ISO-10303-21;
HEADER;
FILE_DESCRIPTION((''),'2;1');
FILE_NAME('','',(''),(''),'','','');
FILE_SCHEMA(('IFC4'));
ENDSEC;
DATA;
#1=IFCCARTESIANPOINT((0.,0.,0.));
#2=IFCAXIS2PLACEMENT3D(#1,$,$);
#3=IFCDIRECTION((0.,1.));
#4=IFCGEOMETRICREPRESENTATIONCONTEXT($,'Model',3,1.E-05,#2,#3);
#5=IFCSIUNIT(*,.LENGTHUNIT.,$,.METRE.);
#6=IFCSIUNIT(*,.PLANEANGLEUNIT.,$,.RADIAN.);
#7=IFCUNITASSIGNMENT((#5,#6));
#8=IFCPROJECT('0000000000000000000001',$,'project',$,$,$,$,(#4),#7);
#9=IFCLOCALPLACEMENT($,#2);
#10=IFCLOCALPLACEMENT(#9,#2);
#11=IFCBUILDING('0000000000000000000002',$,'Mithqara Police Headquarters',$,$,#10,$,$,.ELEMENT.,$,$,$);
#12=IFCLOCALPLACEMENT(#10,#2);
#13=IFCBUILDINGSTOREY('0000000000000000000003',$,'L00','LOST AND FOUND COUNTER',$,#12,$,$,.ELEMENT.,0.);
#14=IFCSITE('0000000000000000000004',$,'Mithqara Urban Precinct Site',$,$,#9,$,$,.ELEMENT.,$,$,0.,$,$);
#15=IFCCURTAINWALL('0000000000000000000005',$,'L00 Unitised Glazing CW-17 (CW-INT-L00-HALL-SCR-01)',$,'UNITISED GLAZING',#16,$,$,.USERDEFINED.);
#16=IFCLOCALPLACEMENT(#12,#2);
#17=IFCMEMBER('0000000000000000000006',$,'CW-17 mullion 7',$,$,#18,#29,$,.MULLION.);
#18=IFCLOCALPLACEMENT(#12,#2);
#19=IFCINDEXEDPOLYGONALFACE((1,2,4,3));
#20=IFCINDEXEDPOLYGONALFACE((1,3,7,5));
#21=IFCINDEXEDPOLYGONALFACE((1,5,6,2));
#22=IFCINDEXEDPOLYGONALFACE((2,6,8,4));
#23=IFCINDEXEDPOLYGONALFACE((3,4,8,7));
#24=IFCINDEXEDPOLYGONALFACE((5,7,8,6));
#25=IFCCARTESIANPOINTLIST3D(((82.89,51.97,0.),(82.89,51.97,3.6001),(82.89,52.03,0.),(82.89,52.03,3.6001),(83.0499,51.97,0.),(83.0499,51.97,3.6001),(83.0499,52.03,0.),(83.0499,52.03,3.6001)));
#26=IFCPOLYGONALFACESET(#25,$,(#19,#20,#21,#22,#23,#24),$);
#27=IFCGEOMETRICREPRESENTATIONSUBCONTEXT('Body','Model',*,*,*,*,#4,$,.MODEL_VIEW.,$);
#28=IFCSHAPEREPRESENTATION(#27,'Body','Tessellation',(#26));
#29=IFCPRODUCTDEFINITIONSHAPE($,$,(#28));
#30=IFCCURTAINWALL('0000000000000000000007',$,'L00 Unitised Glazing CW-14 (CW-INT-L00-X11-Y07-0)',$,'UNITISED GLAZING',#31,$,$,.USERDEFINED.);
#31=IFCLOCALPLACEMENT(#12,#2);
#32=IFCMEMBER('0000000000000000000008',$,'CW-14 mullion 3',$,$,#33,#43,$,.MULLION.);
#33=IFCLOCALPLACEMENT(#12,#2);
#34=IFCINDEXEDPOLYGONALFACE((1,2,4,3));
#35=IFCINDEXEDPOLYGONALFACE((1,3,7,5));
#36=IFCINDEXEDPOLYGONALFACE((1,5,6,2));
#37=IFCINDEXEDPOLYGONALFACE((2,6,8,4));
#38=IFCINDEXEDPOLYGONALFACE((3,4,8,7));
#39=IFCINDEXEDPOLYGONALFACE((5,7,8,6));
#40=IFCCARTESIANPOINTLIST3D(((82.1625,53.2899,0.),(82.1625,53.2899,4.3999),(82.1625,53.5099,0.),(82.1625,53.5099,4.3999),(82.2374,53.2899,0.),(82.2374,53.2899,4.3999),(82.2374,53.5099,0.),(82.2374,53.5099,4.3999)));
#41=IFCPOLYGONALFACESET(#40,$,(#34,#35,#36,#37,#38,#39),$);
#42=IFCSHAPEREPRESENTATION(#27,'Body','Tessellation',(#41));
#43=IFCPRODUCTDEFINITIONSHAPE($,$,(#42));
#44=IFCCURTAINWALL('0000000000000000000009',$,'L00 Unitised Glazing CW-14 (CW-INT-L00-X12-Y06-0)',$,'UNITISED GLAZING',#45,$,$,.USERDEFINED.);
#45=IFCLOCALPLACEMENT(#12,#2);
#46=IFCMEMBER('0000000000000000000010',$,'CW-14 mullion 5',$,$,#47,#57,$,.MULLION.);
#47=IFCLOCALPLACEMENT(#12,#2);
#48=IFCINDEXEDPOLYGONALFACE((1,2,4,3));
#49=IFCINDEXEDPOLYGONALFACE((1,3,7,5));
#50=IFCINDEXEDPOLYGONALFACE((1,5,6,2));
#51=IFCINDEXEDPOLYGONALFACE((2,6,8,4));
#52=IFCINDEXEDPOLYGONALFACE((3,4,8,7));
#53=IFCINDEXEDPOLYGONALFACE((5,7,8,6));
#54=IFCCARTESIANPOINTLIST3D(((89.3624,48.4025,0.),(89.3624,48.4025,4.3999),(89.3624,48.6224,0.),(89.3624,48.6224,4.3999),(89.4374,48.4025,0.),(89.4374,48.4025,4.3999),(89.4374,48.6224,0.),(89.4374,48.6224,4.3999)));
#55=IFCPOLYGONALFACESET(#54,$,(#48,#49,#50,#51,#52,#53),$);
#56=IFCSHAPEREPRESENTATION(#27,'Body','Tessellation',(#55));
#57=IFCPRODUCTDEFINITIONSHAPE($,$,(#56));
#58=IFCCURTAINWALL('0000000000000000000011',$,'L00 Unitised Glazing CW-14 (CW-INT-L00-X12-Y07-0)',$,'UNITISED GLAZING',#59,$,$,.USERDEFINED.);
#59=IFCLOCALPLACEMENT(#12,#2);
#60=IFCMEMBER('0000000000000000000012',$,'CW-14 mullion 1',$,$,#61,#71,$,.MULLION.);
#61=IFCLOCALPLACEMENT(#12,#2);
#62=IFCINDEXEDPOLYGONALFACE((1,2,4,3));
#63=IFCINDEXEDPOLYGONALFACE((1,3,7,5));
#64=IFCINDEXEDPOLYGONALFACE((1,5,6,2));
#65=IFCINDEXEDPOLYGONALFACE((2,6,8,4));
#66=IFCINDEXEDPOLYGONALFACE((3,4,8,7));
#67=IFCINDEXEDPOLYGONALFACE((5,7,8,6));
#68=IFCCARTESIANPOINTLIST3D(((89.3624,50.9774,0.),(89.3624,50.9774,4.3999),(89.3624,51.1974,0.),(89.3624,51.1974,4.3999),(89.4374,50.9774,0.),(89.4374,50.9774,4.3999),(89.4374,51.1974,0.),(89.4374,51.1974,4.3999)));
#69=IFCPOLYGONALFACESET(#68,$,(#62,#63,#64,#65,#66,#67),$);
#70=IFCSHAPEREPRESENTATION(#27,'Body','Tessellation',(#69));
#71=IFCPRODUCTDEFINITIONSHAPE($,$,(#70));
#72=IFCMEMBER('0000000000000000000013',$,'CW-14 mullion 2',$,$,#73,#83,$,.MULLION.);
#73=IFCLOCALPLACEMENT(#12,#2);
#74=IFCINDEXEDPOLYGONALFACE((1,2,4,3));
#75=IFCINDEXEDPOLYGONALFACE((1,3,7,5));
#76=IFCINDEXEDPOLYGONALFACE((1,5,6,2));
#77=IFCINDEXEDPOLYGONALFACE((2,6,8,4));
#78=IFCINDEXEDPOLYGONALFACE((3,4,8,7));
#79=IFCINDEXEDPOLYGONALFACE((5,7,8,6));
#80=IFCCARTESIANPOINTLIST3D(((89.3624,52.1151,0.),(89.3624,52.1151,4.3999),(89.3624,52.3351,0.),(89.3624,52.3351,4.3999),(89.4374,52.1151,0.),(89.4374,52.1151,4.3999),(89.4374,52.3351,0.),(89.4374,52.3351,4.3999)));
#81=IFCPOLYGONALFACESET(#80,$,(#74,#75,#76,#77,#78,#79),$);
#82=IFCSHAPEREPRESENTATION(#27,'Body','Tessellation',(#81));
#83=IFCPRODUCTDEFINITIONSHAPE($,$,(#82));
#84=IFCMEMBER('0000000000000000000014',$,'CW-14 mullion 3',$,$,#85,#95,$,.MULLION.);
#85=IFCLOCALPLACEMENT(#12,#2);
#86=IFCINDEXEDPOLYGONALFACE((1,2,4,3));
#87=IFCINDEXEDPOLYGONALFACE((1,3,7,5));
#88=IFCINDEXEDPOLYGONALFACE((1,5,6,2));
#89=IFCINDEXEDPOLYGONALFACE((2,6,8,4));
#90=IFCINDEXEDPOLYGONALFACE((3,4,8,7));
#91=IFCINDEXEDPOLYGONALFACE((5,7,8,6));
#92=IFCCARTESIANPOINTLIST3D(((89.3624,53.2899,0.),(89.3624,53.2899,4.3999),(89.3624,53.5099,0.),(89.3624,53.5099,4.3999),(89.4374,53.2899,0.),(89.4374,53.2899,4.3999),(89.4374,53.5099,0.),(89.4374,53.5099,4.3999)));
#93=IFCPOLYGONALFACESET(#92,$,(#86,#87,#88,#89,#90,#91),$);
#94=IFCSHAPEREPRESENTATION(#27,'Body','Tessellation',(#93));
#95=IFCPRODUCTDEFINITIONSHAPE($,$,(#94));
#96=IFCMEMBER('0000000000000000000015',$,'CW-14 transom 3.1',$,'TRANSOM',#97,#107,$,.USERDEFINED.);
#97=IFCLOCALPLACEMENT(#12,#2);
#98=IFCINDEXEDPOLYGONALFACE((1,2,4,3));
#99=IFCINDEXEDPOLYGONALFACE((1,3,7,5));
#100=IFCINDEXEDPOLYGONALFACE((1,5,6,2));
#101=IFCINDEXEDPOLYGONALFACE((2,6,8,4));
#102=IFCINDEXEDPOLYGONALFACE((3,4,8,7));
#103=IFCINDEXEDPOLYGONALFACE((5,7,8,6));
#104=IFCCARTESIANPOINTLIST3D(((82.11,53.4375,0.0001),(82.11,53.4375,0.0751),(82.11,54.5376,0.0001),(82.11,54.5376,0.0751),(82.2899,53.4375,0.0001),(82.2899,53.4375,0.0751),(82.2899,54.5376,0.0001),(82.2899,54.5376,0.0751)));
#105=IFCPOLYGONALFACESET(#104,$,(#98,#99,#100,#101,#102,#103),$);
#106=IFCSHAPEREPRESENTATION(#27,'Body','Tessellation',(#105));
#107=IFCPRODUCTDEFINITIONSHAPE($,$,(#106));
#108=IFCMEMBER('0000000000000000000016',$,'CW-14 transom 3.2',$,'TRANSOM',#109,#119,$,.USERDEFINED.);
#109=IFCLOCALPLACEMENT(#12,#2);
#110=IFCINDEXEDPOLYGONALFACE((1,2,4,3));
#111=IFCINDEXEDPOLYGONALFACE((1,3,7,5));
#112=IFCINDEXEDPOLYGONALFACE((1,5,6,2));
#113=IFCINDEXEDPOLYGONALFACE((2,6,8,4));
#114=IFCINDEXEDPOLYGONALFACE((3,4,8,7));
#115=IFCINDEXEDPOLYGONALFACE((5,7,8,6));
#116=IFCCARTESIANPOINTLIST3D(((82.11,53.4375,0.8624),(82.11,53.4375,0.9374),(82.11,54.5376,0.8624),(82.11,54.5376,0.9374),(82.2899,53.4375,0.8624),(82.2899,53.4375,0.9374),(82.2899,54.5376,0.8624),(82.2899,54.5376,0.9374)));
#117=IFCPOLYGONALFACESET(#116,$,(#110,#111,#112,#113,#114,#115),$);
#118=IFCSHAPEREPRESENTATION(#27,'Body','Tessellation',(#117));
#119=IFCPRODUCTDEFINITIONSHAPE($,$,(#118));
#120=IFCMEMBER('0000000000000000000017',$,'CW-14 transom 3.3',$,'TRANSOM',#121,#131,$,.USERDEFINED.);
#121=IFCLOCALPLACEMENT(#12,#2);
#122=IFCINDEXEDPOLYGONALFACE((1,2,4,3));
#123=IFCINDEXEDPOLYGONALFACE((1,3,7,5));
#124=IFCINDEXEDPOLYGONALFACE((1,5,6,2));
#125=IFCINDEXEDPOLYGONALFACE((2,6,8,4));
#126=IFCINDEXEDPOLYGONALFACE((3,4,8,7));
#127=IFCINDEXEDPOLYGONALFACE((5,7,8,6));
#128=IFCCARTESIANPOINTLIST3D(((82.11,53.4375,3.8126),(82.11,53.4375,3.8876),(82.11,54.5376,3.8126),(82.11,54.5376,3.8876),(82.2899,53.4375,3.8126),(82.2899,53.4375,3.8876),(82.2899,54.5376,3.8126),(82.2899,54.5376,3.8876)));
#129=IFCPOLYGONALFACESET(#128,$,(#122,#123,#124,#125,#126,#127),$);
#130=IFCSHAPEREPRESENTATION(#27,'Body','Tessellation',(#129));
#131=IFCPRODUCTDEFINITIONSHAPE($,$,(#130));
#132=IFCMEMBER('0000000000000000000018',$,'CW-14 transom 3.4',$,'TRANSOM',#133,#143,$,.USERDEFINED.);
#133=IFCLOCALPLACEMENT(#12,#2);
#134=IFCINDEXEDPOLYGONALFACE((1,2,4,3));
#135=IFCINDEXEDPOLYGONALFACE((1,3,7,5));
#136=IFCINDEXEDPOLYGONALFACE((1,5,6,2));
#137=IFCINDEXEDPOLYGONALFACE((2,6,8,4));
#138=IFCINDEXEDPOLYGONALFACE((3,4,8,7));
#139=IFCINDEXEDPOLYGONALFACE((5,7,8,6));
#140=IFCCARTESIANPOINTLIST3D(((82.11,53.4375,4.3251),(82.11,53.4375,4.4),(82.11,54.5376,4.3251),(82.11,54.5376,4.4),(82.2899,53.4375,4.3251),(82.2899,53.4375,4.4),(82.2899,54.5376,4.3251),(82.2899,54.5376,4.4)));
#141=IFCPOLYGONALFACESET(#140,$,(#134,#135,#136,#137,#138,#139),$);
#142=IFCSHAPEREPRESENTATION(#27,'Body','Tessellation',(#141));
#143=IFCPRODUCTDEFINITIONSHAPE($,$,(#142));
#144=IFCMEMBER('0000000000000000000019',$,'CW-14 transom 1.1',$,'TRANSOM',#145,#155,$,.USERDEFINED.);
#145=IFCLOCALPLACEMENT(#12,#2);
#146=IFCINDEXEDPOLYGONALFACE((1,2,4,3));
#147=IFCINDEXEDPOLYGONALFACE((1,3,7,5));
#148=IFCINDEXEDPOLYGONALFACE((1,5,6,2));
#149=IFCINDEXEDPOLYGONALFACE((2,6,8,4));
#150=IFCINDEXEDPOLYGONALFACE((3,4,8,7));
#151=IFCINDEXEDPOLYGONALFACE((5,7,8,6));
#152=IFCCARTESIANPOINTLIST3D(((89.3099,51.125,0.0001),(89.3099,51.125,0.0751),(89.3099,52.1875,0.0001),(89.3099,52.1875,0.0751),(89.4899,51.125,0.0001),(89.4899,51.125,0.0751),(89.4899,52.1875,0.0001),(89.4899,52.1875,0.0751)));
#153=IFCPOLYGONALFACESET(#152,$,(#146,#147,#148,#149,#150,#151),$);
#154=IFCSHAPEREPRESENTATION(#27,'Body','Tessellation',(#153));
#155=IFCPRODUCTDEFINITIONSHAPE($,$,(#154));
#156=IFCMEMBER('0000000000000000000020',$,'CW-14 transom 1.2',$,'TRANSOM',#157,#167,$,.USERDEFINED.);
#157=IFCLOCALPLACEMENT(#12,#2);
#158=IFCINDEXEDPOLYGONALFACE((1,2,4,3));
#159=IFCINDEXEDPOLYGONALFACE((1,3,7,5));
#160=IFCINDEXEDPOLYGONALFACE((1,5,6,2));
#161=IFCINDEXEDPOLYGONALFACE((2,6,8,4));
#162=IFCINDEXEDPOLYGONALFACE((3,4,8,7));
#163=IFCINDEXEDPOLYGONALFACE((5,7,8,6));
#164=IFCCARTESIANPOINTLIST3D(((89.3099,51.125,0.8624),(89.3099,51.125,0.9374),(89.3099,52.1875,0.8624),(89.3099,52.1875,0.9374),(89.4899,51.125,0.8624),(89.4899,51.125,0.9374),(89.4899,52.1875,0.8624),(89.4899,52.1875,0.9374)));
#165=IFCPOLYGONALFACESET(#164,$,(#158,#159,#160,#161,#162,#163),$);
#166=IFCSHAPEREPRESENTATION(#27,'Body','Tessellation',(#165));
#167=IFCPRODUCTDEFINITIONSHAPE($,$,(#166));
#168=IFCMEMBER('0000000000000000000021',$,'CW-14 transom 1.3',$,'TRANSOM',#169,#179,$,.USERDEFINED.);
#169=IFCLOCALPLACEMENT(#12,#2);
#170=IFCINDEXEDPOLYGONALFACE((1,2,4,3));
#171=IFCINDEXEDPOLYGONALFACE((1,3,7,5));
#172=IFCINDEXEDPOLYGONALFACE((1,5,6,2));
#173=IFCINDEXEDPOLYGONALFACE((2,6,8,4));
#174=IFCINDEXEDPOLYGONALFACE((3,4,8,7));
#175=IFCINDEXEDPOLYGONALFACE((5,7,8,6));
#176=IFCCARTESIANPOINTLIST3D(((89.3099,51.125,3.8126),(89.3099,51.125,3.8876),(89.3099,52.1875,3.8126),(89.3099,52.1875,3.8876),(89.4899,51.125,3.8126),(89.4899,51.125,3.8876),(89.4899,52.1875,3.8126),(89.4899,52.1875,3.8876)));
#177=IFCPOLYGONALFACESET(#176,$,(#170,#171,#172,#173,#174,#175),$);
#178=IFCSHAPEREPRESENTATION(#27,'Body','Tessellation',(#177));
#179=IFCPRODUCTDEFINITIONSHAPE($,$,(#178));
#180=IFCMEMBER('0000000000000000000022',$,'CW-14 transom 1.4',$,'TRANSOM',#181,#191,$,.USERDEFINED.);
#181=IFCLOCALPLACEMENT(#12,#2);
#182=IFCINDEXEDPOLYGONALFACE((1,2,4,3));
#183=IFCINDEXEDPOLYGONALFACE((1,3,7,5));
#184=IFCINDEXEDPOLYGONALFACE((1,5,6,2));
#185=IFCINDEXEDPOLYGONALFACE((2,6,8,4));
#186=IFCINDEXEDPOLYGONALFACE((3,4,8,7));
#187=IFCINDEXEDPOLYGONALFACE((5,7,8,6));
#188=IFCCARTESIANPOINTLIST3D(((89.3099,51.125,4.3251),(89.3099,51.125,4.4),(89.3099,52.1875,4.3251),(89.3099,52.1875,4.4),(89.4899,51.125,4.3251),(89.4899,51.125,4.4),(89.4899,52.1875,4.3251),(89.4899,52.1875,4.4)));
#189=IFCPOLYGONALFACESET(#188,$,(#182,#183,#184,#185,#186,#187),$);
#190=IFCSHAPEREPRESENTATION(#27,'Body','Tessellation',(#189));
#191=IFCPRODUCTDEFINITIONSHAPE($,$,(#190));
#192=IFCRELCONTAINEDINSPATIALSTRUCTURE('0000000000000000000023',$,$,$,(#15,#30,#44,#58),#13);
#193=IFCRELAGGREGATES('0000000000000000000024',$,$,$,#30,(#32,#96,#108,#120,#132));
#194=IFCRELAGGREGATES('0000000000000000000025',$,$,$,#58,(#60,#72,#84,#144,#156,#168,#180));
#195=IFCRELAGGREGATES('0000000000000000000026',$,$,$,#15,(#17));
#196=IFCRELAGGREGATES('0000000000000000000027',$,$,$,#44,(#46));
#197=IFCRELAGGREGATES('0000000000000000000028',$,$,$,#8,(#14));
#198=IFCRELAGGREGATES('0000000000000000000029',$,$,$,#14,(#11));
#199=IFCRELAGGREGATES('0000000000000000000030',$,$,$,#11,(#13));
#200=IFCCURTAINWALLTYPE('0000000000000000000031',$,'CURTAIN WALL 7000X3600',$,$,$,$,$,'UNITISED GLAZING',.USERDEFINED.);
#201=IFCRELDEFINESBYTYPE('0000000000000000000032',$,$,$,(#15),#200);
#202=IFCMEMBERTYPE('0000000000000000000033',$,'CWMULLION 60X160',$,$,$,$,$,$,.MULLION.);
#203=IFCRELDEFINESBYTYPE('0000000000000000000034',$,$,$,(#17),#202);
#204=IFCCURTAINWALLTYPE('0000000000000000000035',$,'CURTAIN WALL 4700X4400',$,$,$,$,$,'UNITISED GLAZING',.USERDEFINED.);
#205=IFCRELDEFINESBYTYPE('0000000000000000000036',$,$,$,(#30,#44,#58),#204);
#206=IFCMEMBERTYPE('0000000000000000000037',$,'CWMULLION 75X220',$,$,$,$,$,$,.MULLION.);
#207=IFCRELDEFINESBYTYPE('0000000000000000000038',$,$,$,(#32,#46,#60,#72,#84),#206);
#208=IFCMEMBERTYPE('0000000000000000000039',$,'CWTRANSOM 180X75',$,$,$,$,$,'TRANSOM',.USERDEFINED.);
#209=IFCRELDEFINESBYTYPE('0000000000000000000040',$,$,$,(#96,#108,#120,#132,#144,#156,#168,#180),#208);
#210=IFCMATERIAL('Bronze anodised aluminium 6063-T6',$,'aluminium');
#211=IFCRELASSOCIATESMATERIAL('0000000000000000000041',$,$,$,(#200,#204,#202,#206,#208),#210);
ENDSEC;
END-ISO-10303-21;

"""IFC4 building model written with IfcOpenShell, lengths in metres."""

from ifc_helpers import new_model, si_unit, direction, frame, origin, origin_2d, place, context, subcontext, project, spatial, rectangle, extrude, material, material_profile, profile_set, type_object, element, aggregate, save


model = new_model("IFC4")

# Units and contexts
model_context = context("Model", 3, precision=1e-05, world=origin(), true_north=direction((0.0, 1.0)))
body_context = subcontext(model_context, "Body", "Model", "MODEL_VIEW")
ifc_project = project(units=[si_unit("LENGTHUNIT", "METRE"), si_unit("PLANEANGLEUNIT", "RADIAN")], contexts=[model_context])

# Site, building, storey
site_placement = place(None, origin())
site = spatial("IfcSite", under=ifc_project, at=site_placement, Name="Mithqara Urban Precinct Site", CompositionType="ELEMENT", RefElevation=0.0)
building_placement = place(site_placement, origin())
building = spatial("IfcBuilding", under=site, at=building_placement, Name="Mithqara Police Headquarters", CompositionType="ELEMENT")
storey_placement = place(building_placement, origin())
storey = spatial("IfcBuildingStorey", under=building, at=storey_placement, Name="L00", Description="LOST AND FOUND COUNTER", CompositionType="ELEMENT", Elevation=0.0)

# Curtain walls, members
ifc_material_1 = material(Name="Bronze anodised aluminium 6063-T6", Category="aluminium")
curtain_wall_type_1 = type_object("IfcCurtainWallType", Name="CURTAIN WALL 7000X3600", ElementType="UNITISED GLAZING", PredefinedType="USERDEFINED", material=ifc_material_1)
curtain_wall_1_placement = place(storey_placement, origin())
curtain_wall_1 = element("IfcCurtainWall", 1, at=curtain_wall_1_placement, inside=storey, type_object=curtain_wall_type_1, Name="L00 Unitised Glazing CW-17 (CW-INT-L00-HALL-SCR-01)", ObjectType="UNITISED GLAZING", PredefinedType="USERDEFINED")
ifc_material_profile_1 = material_profile(ifc_material_1, rectangle(XDim=0.0601, YDim=0.1599, at=origin_2d()), Name="CWM 60x160")
ifc_profile_set_1 = profile_set([ifc_material_profile_1], Name="Bronze anodised aluminium 6063-T6")
member_type_1 = type_object("IfcMemberType", Name="CWMULLION 60X160", PredefinedType="MULLION", material=ifc_profile_set_1)
member_1_placement = place(storey_placement, frame((82.97, 52.0, 0.0), z_axis=(0.0, 0.0, 1.0), x_axis=(0.0, 1.0, 0.0)))
member_1 = element("IfcMember", 2, at=member_1_placement, type_object=member_type_1, Name="CW-17 mullion 7", PredefinedType="MULLION", context=body_context, shape_type="SweptSolid", body=[
    extrude(rectangle(XDim=0.0601, YDim=0.1599, at=origin_2d()), origin(), (0.0, 0.0, 1.0), 3.6001),
])
curtain_wall_type_2 = type_object("IfcCurtainWallType", Name="CURTAIN WALL 4700X4400", ElementType="UNITISED GLAZING", PredefinedType="USERDEFINED", material=ifc_material_1)
curtain_wall_2_placement = place(storey_placement, origin())
curtain_wall_2 = element("IfcCurtainWall", 3, at=curtain_wall_2_placement, inside=storey, type_object=curtain_wall_type_2, Name="L00 Unitised Glazing CW-14 (CW-INT-L00-X11-Y07-0)", ObjectType="UNITISED GLAZING", PredefinedType="USERDEFINED")
ifc_material_profile_2 = material_profile(ifc_material_1, rectangle(XDim=0.075, YDim=0.22, at=origin_2d()), Name="CWM 75x220")
ifc_profile_set_2 = profile_set([ifc_material_profile_2], Name="Bronze anodised aluminium 6063-T6")
member_type_2 = type_object("IfcMemberType", Name="CWMULLION 75X220", PredefinedType="MULLION", material=ifc_profile_set_2)
member_2_placement = place(storey_placement, frame((82.2, 53.3999, 0.0), z_axis=(0.0, 0.0, 1.0), x_axis=(-1.0, 0.0, 0.0)))
member_2 = element("IfcMember", 4, at=member_2_placement, type_object=member_type_2, Name="CW-14 mullion 3", PredefinedType="MULLION", context=body_context, shape_type="SweptSolid", body=[
    extrude(rectangle(XDim=0.075, YDim=0.22, at=origin_2d()), origin(), (0.0, 0.0, 1.0), 4.3999),
])
curtain_wall_3_placement = place(storey_placement, origin())
curtain_wall_3 = element("IfcCurtainWall", 5, at=curtain_wall_3_placement, inside=storey, type_object=curtain_wall_type_2, Name="L00 Unitised Glazing CW-14 (CW-INT-L00-X12-Y06-0)", ObjectType="UNITISED GLAZING", PredefinedType="USERDEFINED")
member_3_placement = place(storey_placement, frame((89.3999, 48.5125, 0.0), z_axis=(0.0, 0.0, 1.0), x_axis=(-1.0, 0.0, 0.0)))
member_3 = element("IfcMember", 6, at=member_3_placement, type_object=member_type_2, Name="CW-14 mullion 5", PredefinedType="MULLION", context=body_context, shape_type="SweptSolid", body=[
    extrude(rectangle(XDim=0.075, YDim=0.22, at=origin_2d()), origin(), (0.0, 0.0, 1.0), 4.3999),
])

# Curtain wall, members
curtain_wall_4_placement = place(storey_placement, origin())
curtain_wall_4 = element("IfcCurtainWall", 7, at=curtain_wall_4_placement, inside=storey, type_object=curtain_wall_type_2, Name="L00 Unitised Glazing CW-14 (CW-INT-L00-X12-Y07-0)", ObjectType="UNITISED GLAZING", PredefinedType="USERDEFINED")
member_4_placement = place(storey_placement, frame((89.3999, 51.0874, 0.0), z_axis=(0.0, 0.0, 1.0), x_axis=(-1.0, 0.0, 0.0)))
member_4 = element("IfcMember", 8, at=member_4_placement, type_object=member_type_2, Name="CW-14 mullion 1", PredefinedType="MULLION", context=body_context, shape_type="SweptSolid", body=[
    extrude(rectangle(XDim=0.075, YDim=0.22, at=origin_2d()), origin(), (0.0, 0.0, 1.0), 4.3999),
])
member_5_placement = place(storey_placement, frame((89.3999, 52.2251, 0.0), z_axis=(0.0, 0.0, 1.0), x_axis=(-1.0, 0.0, 0.0)))
member_5 = element("IfcMember", 9, at=member_5_placement, type_object=member_type_2, Name="CW-14 mullion 2", PredefinedType="MULLION", context=body_context, shape_type="SweptSolid", body=[
    extrude(rectangle(XDim=0.075, YDim=0.22, at=origin_2d()), origin(), (0.0, 0.0, 1.0), 4.3999),
])
member_6_placement = place(storey_placement, frame((89.3999, 53.3999, 0.0), z_axis=(0.0, 0.0, 1.0), x_axis=(-1.0, 0.0, 0.0)))
member_6 = element("IfcMember", 10, at=member_6_placement, type_object=member_type_2, Name="CW-14 mullion 3", PredefinedType="MULLION", context=body_context, shape_type="SweptSolid", body=[
    extrude(rectangle(XDim=0.075, YDim=0.22, at=origin_2d()), origin(), (0.0, 0.0, 1.0), 4.3999),
])

# Members
ifc_material_profile_3 = material_profile(ifc_material_1, rectangle(XDim=0.1799, YDim=0.075, at=origin_2d()), Name="CWT 180x75")
ifc_profile_set_3 = profile_set([ifc_material_profile_3], Name="Bronze anodised aluminium 6063-T6")
member_type_3 = type_object("IfcMemberType", Name="CWTRANSOM 180X75", ElementType="TRANSOM", PredefinedType="USERDEFINED", material=ifc_profile_set_3)
member_7_placement = place(storey_placement, frame((82.2, 53.4375, 0.0376), z_axis=(0.0, 1.0, 0.0), x_axis=(-1.0, 0.0, 0.0)))
member_7 = element("IfcMember", 11, at=member_7_placement, type_object=member_type_3, Name="CW-14 transom 3.1", ObjectType="TRANSOM", PredefinedType="USERDEFINED", context=body_context, shape_type="SweptSolid", body=[
    extrude(rectangle(XDim=0.1799, YDim=0.075, at=origin_2d()), origin(), (0.0, 0.0, 1.0), 1.1001),
])
member_8_placement = place(storey_placement, frame((82.2, 53.4375, 0.8999), z_axis=(0.0, 1.0, 0.0), x_axis=(-1.0, 0.0, 0.0)))
member_8 = element("IfcMember", 12, at=member_8_placement, type_object=member_type_3, Name="CW-14 transom 3.2", ObjectType="TRANSOM", PredefinedType="USERDEFINED", context=body_context, shape_type="SweptSolid", body=[
    extrude(rectangle(XDim=0.1799, YDim=0.075, at=origin_2d()), origin(), (0.0, 0.0, 1.0), 1.1001),
])
member_9_placement = place(storey_placement, frame((82.2, 53.4375, 3.8501), z_axis=(0.0, 1.0, 0.0), x_axis=(-1.0, 0.0, 0.0)))
member_9 = element("IfcMember", 13, at=member_9_placement, type_object=member_type_3, Name="CW-14 transom 3.3", ObjectType="TRANSOM", PredefinedType="USERDEFINED", context=body_context, shape_type="SweptSolid", body=[
    extrude(rectangle(XDim=0.1799, YDim=0.075, at=origin_2d()), origin(), (0.0, 0.0, 1.0), 1.1001),
])
member_10_placement = place(storey_placement, frame((82.2, 53.4375, 4.3625), z_axis=(0.0, 1.0, 0.0), x_axis=(-1.0, 0.0, 0.0)))
member_10 = element("IfcMember", 14, at=member_10_placement, type_object=member_type_3, Name="CW-14 transom 3.4", ObjectType="TRANSOM", PredefinedType="USERDEFINED", context=body_context, shape_type="SweptSolid", body=[
    extrude(rectangle(XDim=0.1799, YDim=0.075, at=origin_2d()), origin(), (0.0, 0.0, 1.0), 1.1001),
])
member_11_placement = place(storey_placement, frame((89.3999, 51.125, 0.0376), z_axis=(0.0, 1.0, 0.0), x_axis=(-1.0, 0.0, 0.0)))
member_11 = element("IfcMember", 15, at=member_11_placement, type_object=member_type_3, Name="CW-14 transom 1.1", ObjectType="TRANSOM", PredefinedType="USERDEFINED", context=body_context, shape_type="SweptSolid", body=[
    extrude(rectangle(XDim=0.1799, YDim=0.075, at=origin_2d()), origin(), (0.0, 0.0, 1.0), 1.0625),
])
member_12_placement = place(storey_placement, frame((89.3999, 51.125, 0.8999), z_axis=(0.0, 1.0, 0.0), x_axis=(-1.0, 0.0, 0.0)))
member_12 = element("IfcMember", 16, at=member_12_placement, type_object=member_type_3, Name="CW-14 transom 1.2", ObjectType="TRANSOM", PredefinedType="USERDEFINED", context=body_context, shape_type="SweptSolid", body=[
    extrude(rectangle(XDim=0.1799, YDim=0.075, at=origin_2d()), origin(), (0.0, 0.0, 1.0), 1.0625),
])
member_13_placement = place(storey_placement, frame((89.3999, 51.125, 3.8501), z_axis=(0.0, 1.0, 0.0), x_axis=(-1.0, 0.0, 0.0)))
member_13 = element("IfcMember", 17, at=member_13_placement, type_object=member_type_3, Name="CW-14 transom 1.3", ObjectType="TRANSOM", PredefinedType="USERDEFINED", context=body_context, shape_type="SweptSolid", body=[
    extrude(rectangle(XDim=0.1799, YDim=0.075, at=origin_2d()), origin(), (0.0, 0.0, 1.0), 1.0625),
])
member_14_placement = place(storey_placement, frame((89.3999, 51.125, 4.3625), z_axis=(0.0, 1.0, 0.0), x_axis=(-1.0, 0.0, 0.0)))
member_14 = element("IfcMember", 18, at=member_14_placement, type_object=member_type_3, Name="CW-14 transom 1.4", ObjectType="TRANSOM", PredefinedType="USERDEFINED", context=body_context, shape_type="SweptSolid", body=[
    extrude(rectangle(XDim=0.1799, YDim=0.075, at=origin_2d()), origin(), (0.0, 0.0, 1.0), 1.0625),
])

aggregate(curtain_wall_2, [member_2, member_7, member_8, member_9, member_10])
aggregate(curtain_wall_4, [member_4, member_5, member_6, member_11, member_12, member_13, member_14])
aggregate(curtain_wall_1, [member_1])
aggregate(curtain_wall_3, [member_3])

save(model, "model.ifc")
